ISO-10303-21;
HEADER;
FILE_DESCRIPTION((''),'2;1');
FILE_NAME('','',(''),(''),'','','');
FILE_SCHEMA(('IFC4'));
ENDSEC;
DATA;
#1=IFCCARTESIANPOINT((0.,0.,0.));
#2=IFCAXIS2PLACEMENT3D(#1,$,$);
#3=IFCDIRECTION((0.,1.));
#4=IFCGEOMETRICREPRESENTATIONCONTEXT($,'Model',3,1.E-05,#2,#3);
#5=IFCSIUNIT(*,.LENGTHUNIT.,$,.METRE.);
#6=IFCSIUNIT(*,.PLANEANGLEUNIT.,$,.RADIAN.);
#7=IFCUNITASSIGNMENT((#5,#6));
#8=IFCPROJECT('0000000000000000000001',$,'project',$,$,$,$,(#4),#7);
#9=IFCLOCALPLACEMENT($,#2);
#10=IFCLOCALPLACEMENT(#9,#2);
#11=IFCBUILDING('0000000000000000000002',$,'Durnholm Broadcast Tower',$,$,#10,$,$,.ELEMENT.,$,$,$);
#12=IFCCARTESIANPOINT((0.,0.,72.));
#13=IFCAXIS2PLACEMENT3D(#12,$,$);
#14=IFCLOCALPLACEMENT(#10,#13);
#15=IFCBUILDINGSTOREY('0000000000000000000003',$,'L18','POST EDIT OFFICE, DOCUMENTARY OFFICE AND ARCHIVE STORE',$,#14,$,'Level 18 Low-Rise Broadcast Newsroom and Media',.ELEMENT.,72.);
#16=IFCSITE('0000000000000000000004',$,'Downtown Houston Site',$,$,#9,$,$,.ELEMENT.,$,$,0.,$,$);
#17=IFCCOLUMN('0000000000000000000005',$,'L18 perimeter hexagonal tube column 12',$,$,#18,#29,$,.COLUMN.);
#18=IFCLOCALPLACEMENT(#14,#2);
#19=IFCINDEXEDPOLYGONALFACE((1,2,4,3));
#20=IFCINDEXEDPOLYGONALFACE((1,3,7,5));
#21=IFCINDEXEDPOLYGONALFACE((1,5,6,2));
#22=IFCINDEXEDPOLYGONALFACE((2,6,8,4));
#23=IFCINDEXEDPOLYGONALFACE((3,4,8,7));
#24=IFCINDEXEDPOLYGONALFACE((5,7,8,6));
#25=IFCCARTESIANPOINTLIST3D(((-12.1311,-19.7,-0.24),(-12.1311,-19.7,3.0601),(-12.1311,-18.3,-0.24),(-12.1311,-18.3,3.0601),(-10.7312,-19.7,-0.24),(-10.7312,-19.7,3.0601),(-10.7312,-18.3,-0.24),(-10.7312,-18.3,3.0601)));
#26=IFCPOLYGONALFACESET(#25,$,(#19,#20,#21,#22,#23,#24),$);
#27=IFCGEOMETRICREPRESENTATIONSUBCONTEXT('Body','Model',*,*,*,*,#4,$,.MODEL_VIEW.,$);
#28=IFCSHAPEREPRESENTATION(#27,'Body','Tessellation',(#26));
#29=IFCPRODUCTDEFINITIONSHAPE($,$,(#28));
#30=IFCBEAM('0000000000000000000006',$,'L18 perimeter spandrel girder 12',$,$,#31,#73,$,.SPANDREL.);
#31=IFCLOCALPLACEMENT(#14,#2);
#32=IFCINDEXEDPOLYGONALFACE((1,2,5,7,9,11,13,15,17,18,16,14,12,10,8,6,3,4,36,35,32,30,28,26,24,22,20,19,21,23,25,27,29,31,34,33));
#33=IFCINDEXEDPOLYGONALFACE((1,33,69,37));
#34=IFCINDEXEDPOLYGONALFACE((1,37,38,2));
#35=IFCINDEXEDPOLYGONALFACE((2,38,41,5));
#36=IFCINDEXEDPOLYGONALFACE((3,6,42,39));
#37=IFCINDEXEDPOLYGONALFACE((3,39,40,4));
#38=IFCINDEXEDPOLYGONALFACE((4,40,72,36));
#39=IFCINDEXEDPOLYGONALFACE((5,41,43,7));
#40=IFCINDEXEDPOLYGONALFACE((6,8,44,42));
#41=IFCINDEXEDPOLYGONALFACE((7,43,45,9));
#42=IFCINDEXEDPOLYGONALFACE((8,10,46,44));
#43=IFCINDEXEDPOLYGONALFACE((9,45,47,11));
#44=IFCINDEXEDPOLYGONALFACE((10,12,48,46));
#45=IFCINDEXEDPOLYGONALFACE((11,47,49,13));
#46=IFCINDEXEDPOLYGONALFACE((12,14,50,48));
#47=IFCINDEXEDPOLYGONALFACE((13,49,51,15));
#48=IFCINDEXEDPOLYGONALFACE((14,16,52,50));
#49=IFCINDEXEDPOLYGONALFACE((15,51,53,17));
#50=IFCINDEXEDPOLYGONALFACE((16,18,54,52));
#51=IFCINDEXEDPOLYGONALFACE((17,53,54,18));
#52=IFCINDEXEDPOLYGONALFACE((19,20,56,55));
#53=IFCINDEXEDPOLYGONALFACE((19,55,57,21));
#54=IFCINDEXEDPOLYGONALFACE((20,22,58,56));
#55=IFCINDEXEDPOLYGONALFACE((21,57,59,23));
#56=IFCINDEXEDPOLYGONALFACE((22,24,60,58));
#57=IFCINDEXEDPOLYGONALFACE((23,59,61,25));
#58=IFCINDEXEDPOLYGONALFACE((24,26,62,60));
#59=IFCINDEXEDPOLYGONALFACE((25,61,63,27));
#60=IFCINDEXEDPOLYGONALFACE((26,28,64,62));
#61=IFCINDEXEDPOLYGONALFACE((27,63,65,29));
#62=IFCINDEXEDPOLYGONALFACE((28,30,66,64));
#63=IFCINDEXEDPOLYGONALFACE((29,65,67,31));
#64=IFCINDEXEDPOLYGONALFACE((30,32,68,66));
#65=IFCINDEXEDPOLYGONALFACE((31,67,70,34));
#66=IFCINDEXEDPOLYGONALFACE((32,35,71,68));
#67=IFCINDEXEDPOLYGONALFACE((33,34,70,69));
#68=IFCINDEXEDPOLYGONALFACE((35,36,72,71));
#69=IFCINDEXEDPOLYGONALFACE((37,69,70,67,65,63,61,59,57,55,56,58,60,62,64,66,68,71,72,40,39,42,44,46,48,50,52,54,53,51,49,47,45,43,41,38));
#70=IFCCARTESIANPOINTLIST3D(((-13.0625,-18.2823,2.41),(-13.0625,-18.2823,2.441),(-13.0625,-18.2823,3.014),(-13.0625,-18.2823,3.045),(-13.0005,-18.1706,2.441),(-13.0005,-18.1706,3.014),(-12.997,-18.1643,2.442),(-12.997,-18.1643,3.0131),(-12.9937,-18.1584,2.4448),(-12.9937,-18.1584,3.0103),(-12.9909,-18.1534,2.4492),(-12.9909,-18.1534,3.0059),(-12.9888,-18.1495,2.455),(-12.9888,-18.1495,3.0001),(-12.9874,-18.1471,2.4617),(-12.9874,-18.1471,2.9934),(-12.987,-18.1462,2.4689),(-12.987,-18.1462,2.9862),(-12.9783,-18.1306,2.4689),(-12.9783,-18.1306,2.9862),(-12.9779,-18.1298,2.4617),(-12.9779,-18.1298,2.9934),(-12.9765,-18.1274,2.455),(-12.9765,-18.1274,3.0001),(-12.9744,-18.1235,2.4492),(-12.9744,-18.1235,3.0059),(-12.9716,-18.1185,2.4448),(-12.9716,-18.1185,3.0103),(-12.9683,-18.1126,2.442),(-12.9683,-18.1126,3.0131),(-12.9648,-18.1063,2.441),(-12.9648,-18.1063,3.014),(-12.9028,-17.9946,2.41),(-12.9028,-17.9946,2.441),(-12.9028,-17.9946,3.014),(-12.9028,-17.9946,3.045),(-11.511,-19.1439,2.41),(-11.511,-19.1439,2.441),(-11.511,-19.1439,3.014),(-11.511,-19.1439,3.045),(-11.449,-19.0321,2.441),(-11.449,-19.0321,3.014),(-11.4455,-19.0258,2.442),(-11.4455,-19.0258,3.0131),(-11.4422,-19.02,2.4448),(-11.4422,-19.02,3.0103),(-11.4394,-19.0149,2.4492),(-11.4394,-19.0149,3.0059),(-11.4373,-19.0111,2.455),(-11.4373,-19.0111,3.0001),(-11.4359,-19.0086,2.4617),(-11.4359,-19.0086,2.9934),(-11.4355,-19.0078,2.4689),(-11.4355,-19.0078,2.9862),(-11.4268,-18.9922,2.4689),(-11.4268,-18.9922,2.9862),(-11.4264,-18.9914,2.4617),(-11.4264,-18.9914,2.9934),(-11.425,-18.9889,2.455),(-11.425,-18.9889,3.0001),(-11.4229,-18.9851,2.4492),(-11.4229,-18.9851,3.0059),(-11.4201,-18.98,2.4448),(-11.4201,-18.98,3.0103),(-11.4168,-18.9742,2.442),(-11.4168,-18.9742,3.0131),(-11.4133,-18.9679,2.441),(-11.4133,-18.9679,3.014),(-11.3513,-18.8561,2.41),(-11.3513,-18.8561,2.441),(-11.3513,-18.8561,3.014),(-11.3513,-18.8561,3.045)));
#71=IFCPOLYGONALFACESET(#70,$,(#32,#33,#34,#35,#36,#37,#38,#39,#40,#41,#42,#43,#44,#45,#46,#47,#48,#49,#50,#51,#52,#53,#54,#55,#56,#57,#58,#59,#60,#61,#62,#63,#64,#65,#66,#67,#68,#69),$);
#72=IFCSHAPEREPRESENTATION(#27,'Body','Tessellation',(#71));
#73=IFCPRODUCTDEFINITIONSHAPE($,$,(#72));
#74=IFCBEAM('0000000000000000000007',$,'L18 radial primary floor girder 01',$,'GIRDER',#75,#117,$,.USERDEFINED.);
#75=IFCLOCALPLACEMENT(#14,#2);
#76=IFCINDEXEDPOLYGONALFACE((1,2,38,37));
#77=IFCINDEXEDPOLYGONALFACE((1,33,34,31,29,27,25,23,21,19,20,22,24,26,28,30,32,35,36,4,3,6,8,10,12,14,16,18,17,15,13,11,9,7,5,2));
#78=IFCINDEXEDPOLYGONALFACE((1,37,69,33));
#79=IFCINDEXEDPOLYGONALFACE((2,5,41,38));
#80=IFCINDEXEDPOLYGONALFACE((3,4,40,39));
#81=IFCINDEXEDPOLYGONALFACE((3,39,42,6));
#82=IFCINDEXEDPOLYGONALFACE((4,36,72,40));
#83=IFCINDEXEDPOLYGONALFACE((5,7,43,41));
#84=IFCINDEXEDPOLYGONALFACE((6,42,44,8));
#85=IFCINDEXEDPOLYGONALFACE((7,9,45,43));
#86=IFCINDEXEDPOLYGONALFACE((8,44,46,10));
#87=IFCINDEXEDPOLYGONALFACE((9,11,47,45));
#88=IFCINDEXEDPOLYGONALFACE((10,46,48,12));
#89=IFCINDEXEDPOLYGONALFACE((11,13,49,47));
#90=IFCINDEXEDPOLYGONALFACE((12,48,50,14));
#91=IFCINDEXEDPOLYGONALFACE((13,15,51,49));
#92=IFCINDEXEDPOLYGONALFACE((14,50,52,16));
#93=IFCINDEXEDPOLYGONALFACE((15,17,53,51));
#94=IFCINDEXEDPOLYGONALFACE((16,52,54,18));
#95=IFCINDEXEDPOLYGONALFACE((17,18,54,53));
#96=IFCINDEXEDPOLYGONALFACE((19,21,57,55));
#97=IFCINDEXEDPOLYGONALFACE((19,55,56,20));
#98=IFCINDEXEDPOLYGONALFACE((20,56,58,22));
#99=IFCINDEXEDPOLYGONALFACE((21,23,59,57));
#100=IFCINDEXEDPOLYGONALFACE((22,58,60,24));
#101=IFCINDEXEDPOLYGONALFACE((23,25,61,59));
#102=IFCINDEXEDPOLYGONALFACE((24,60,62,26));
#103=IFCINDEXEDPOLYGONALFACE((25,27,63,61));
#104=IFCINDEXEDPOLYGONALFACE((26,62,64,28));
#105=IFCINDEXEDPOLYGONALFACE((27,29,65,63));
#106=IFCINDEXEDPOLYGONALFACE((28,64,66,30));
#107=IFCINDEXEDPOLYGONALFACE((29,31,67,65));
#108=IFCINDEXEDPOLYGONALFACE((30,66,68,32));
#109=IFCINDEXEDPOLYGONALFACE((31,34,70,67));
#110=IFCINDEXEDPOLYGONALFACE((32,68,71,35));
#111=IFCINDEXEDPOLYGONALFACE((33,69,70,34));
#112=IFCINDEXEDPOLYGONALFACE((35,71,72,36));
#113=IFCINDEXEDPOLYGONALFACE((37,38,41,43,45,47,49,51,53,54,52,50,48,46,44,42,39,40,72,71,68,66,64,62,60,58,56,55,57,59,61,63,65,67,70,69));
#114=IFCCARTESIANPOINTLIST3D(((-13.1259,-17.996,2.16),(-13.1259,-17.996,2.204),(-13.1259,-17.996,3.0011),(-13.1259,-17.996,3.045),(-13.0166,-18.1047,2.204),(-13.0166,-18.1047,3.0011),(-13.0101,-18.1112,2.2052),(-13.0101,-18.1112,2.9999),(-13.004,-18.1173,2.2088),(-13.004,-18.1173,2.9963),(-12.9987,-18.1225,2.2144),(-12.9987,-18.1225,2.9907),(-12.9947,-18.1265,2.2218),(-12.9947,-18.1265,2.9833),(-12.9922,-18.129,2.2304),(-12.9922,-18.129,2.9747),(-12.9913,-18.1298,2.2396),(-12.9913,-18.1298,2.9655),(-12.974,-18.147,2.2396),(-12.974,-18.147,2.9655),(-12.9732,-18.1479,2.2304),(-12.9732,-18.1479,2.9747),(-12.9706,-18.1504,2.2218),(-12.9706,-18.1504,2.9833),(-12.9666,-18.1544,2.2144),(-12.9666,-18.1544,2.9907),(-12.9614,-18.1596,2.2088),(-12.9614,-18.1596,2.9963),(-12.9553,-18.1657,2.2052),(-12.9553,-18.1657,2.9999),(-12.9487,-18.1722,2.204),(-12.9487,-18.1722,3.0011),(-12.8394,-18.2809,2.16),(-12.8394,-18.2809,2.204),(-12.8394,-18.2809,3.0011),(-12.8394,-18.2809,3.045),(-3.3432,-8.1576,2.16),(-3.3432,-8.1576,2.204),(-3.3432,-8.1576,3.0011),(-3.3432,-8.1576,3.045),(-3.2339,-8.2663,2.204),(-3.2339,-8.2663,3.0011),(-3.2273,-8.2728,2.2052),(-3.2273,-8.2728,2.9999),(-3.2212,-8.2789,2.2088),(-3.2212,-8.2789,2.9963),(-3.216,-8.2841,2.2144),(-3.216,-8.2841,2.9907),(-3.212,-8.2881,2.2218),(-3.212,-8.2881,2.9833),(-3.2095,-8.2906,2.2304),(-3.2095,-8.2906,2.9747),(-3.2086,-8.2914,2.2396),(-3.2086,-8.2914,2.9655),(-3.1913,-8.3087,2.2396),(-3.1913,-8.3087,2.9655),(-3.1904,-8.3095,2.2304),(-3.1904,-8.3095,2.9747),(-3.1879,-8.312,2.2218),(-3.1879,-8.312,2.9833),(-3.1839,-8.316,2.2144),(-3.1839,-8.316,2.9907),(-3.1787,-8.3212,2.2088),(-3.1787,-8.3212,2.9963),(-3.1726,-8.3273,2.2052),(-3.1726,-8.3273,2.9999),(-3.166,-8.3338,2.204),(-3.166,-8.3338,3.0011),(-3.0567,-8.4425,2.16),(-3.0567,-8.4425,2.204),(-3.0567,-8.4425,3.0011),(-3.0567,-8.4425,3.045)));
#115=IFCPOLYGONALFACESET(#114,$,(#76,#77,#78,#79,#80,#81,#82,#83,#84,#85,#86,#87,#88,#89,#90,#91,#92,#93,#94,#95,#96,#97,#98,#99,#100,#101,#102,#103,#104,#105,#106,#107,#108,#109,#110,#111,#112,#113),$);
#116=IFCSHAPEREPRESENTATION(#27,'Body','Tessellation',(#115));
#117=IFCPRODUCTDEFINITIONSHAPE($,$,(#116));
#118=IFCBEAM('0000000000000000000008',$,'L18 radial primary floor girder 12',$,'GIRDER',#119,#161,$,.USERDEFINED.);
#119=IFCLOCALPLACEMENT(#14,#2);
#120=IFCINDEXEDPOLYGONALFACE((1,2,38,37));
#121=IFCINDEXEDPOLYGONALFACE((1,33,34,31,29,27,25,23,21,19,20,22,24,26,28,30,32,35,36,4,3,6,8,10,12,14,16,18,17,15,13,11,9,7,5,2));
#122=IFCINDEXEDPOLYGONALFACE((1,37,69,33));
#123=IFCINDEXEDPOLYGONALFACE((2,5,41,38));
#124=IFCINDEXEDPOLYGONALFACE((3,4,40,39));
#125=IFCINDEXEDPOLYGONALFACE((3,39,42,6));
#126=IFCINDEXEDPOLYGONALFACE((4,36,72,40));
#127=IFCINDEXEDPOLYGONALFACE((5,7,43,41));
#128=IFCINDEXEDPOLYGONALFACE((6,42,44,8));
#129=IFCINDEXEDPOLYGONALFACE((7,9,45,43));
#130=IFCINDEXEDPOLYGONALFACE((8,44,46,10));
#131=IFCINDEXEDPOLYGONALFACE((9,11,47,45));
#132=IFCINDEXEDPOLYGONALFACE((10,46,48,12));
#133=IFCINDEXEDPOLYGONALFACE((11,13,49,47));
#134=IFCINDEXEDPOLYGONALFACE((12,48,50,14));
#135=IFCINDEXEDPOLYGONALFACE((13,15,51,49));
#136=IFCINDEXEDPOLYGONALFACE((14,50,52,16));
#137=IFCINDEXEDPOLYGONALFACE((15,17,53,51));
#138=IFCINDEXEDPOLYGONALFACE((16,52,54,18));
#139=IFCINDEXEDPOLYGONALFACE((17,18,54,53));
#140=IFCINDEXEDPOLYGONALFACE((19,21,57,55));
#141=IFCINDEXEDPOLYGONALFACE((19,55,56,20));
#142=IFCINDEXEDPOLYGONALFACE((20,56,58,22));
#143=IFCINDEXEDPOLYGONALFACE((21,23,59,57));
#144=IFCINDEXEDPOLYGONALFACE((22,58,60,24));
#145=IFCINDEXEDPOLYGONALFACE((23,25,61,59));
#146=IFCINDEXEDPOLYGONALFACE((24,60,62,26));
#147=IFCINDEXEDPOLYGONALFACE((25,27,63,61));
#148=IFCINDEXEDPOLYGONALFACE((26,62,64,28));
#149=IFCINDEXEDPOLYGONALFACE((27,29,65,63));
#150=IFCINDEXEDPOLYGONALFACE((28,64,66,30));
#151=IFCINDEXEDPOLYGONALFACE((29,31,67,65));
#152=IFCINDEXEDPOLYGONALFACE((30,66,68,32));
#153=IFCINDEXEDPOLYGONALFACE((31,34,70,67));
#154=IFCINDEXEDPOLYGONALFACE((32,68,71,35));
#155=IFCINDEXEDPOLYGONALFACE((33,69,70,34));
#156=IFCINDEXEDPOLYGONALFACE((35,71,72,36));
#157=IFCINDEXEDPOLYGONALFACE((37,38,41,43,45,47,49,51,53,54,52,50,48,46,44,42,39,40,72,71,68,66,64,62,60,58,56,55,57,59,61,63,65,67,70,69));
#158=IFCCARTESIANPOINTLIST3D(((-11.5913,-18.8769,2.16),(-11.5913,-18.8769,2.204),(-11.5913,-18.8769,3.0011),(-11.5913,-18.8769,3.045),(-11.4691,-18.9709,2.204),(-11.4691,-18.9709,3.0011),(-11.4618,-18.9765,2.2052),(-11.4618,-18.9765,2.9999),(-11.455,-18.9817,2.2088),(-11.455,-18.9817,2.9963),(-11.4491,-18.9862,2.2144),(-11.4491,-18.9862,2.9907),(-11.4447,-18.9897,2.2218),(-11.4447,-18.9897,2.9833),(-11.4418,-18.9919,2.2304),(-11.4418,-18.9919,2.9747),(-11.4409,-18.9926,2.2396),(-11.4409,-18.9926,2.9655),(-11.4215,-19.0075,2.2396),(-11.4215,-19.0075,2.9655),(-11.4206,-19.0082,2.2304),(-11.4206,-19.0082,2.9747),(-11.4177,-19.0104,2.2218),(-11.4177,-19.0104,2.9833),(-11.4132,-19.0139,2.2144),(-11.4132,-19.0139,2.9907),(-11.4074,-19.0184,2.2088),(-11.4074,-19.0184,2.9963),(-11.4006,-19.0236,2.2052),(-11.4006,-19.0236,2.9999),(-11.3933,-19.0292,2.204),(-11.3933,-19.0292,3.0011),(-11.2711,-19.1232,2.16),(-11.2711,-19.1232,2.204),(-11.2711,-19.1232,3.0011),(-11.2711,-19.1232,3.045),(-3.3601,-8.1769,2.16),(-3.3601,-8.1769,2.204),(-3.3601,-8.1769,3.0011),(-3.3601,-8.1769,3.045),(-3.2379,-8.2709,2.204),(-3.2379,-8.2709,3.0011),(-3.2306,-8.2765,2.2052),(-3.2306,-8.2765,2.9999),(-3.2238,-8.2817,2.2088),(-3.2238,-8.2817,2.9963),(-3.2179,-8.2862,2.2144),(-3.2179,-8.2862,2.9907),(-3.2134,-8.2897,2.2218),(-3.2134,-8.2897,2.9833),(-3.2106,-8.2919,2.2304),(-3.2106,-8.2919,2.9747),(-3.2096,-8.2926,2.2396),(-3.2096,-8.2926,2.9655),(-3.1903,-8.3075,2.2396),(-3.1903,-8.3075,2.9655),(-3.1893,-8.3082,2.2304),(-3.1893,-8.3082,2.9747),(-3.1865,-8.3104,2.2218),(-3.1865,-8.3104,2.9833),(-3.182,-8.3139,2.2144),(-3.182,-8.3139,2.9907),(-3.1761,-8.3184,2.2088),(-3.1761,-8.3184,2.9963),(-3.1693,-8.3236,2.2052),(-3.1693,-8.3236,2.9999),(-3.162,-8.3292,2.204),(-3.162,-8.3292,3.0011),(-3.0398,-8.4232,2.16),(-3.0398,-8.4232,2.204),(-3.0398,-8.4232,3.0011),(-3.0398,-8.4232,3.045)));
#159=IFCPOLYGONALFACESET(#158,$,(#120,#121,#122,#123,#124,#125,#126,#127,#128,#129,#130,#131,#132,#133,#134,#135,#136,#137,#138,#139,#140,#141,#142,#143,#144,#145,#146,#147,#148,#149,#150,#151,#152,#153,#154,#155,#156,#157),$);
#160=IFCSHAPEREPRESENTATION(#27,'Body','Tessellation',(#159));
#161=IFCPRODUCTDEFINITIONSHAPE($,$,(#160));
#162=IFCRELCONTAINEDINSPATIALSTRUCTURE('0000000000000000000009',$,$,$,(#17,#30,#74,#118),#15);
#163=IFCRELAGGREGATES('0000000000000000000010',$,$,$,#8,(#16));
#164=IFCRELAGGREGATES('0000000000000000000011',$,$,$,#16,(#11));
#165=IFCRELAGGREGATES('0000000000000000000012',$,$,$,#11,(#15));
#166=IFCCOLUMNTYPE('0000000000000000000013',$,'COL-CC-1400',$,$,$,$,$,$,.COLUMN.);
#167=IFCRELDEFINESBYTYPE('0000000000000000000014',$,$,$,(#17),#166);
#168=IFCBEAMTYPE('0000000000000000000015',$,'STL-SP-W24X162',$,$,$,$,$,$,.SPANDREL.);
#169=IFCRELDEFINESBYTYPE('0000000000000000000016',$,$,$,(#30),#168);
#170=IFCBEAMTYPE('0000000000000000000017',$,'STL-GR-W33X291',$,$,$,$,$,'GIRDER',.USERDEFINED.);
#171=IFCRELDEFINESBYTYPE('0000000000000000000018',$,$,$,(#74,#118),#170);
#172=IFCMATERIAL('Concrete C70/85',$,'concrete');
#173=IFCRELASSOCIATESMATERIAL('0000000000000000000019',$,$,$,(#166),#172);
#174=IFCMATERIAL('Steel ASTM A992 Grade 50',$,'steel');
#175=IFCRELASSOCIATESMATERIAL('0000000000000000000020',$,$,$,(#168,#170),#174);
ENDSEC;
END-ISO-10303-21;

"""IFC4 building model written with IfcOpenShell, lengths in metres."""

from ifc_helpers import new_model, si_unit, direction, frame, origin, origin_2d, place, context, subcontext, project, spatial, rectangle, i_section, extrude, source, transform, mapped, material, material_profile, profile_set, type_object, type_shapes, element, save


model = new_model("IFC4")

# Units and contexts
model_context = context("Model", 3, precision=1e-05, world=origin(), true_north=direction((0.0, 1.0)))
body_context = subcontext(model_context, "Body", "Model", "MODEL_VIEW")
ifc_project = project(units=[si_unit("LENGTHUNIT", "METRE"), si_unit("PLANEANGLEUNIT", "RADIAN")], contexts=[model_context])

# Site, building, storey
site_placement = place(None, origin())
site = spatial("IfcSite", under=ifc_project, at=site_placement, Name="Downtown Houston Site", CompositionType="ELEMENT", RefElevation=0.0)
building_placement = place(site_placement, origin())
building = spatial("IfcBuilding", under=site, at=building_placement, Name="Durnholm Broadcast Tower", CompositionType="ELEMENT")
storey_placement = place(building_placement, frame((0.0, 0.0, 72.0)))
storey = spatial("IfcBuildingStorey", under=building, at=storey_placement, Name="L18", Description="POST EDIT OFFICE, DOCUMENTARY OFFICE AND ARCHIVE STORE", LongName="Level 18 Low-Rise Broadcast Newsroom and Media", CompositionType="ELEMENT", Elevation=72.0)

# Column
ifc_material_1 = material(Name="Concrete C70/85", Category="concrete")
ifc_material_profile_1 = material_profile(ifc_material_1, rectangle(XDim=1.3999, YDim=1.3999, at=origin_2d()), Name="RC1400X1400")
ifc_profile_set_1 = profile_set([ifc_material_profile_1], Name="Concrete C70/85")
column_type = type_object("IfcColumnType", Name="COL-CC-1400", PredefinedType="COLUMN", material=ifc_profile_set_1)
shared_shape_1 = source(origin(), body_context, "Body", "SweptSolid", [
    extrude(rectangle(XDim=1.3999, YDim=1.3999, at=origin_2d()), origin(), (0.0, 0.0, 1.0), 3.3),
])
type_shapes(column_type, [shared_shape_1])
column_placement = place(storey_placement, frame((-11.4312, -19.0, -0.24), z_axis=(0.0, 0.0, 1.0), x_axis=(1.0, 0.0, 0.0)))
element("IfcColumn", 1, at=column_placement, inside=storey, type_object=column_type, Name="L18 perimeter hexagonal tube column 12", PredefinedType="COLUMN", context=body_context, shape_type="MappedRepresentation", body=[
    mapped(shared_shape_1, transform((0.0, 0.0, 0.0), x_axis=(1.0, 0.0, 0.0), y_axis=(0.0, 1.0, 0.0), z_axis=(0.0, 0.0, 1.0), scale=1.0)),
])

# Beams
ifc_material_2 = material(Name="Steel ASTM A992 Grade 50", Category="steel")
ifc_material_profile_2 = material_profile(ifc_material_2, i_section(OverallWidth=0.3291, OverallDepth=0.635, WebThickness=0.0178, FlangeThickness=0.031, FilletRadius=0.0278, at=origin_2d()), Name="W24X162")
ifc_profile_set_2 = profile_set([ifc_material_profile_2], Name="Steel ASTM A992 Grade 50")
beam_type_1 = type_object("IfcBeamType", Name="STL-SP-W24X162", PredefinedType="SPANDREL", material=ifc_profile_set_2)
shared_shape_2 = source(origin(), body_context, "Body", "SweptSolid", [
    extrude(i_section(OverallWidth=0.3291, OverallDepth=0.635, WebThickness=0.0178, FlangeThickness=0.031, FilletRadius=0.0278, at=origin_2d()), origin(), (0.0, 0.0, 1.0), 1.7747),
])
type_shapes(beam_type_1, [shared_shape_2])
beam_1_placement = place(storey_placement, frame((-11.4312, -19.0, 2.7275), z_axis=(-0.874248, 0.485479, 0.0), x_axis=(-0.485479, -0.874248, 0.0)))
element("IfcBeam", 2, at=beam_1_placement, inside=storey, type_object=beam_type_1, Name="L18 perimeter spandrel girder 12", PredefinedType="SPANDREL", context=body_context, shape_type="MappedRepresentation", body=[
    mapped(shared_shape_2, transform((0.0, 0.0, 0.0), x_axis=(1.0, 0.0, 0.0), y_axis=(0.0, 1.0, 0.0), z_axis=(0.0, 0.0, 1.0), scale=1.0)),
])
ifc_material_profile_3 = material_profile(ifc_material_2, i_section(OverallWidth=0.4041, OverallDepth=0.885, WebThickness=0.0244, FlangeThickness=0.0439, FilletRadius=0.0356, at=origin_2d()), Name="W33X291")
ifc_profile_set_3 = profile_set([ifc_material_profile_3], Name="Steel ASTM A992 Grade 50")
beam_type_2 = type_object("IfcBeamType", Name="STL-GR-W33X291", ElementType="GIRDER", PredefinedType="USERDEFINED", material=ifc_profile_set_3)
shared_shape_3 = source(origin(), body_context, "Body", "SweptSolid", [
    extrude(i_section(OverallWidth=0.4041, OverallDepth=0.885, WebThickness=0.0244, FlangeThickness=0.0439, FilletRadius=0.0356, at=origin_2d()), origin(), (0.0, 0.0, 1.0), 13.8743),
])
beam_2_placement = place(storey_placement, frame((-3.2, -8.3, 2.6025), z_axis=(-0.705098, -0.70911, 0.0), x_axis=(0.70911, -0.705098, 0.0)))
element("IfcBeam", 3, at=beam_2_placement, inside=storey, type_object=beam_type_2, Name="L18 radial primary floor girder 01", ObjectType="GIRDER", PredefinedType="USERDEFINED", context=body_context, shape_type="MappedRepresentation", body=[
    mapped(shared_shape_3, transform((0.0, 0.0, 0.0), x_axis=(1.0, 0.0, 0.0), y_axis=(0.0, 1.0, 0.0), z_axis=(0.0, 0.0, 1.0), scale=1.0)),
])
shared_shape_4 = source(origin(), body_context, "Body", "SweptSolid", [
    extrude(i_section(OverallWidth=0.4041, OverallDepth=0.885, WebThickness=0.0244, FlangeThickness=0.0439, FilletRadius=0.0356, at=origin_2d()), origin(), (0.0, 0.0, 1.0), 13.4998),
])
type_shapes(beam_type_2, [shared_shape_3, shared_shape_4])
beam_3_placement = place(storey_placement, frame((-3.2, -8.3, 2.6025), z_axis=(-0.609733, -0.792607, 0.0), x_axis=(0.792607, -0.609733, 0.0)))
element("IfcBeam", 4, at=beam_3_placement, inside=storey, type_object=beam_type_2, Name="L18 radial primary floor girder 12", ObjectType="GIRDER", PredefinedType="USERDEFINED", context=body_context, shape_type="MappedRepresentation", body=[
    mapped(shared_shape_4, transform((0.0, 0.0, 0.0), x_axis=(1.0, 0.0, 0.0), y_axis=(0.0, 1.0, 0.0), z_axis=(0.0, 0.0, 1.0), scale=1.0)),
])

save(model, "model.ifc")
